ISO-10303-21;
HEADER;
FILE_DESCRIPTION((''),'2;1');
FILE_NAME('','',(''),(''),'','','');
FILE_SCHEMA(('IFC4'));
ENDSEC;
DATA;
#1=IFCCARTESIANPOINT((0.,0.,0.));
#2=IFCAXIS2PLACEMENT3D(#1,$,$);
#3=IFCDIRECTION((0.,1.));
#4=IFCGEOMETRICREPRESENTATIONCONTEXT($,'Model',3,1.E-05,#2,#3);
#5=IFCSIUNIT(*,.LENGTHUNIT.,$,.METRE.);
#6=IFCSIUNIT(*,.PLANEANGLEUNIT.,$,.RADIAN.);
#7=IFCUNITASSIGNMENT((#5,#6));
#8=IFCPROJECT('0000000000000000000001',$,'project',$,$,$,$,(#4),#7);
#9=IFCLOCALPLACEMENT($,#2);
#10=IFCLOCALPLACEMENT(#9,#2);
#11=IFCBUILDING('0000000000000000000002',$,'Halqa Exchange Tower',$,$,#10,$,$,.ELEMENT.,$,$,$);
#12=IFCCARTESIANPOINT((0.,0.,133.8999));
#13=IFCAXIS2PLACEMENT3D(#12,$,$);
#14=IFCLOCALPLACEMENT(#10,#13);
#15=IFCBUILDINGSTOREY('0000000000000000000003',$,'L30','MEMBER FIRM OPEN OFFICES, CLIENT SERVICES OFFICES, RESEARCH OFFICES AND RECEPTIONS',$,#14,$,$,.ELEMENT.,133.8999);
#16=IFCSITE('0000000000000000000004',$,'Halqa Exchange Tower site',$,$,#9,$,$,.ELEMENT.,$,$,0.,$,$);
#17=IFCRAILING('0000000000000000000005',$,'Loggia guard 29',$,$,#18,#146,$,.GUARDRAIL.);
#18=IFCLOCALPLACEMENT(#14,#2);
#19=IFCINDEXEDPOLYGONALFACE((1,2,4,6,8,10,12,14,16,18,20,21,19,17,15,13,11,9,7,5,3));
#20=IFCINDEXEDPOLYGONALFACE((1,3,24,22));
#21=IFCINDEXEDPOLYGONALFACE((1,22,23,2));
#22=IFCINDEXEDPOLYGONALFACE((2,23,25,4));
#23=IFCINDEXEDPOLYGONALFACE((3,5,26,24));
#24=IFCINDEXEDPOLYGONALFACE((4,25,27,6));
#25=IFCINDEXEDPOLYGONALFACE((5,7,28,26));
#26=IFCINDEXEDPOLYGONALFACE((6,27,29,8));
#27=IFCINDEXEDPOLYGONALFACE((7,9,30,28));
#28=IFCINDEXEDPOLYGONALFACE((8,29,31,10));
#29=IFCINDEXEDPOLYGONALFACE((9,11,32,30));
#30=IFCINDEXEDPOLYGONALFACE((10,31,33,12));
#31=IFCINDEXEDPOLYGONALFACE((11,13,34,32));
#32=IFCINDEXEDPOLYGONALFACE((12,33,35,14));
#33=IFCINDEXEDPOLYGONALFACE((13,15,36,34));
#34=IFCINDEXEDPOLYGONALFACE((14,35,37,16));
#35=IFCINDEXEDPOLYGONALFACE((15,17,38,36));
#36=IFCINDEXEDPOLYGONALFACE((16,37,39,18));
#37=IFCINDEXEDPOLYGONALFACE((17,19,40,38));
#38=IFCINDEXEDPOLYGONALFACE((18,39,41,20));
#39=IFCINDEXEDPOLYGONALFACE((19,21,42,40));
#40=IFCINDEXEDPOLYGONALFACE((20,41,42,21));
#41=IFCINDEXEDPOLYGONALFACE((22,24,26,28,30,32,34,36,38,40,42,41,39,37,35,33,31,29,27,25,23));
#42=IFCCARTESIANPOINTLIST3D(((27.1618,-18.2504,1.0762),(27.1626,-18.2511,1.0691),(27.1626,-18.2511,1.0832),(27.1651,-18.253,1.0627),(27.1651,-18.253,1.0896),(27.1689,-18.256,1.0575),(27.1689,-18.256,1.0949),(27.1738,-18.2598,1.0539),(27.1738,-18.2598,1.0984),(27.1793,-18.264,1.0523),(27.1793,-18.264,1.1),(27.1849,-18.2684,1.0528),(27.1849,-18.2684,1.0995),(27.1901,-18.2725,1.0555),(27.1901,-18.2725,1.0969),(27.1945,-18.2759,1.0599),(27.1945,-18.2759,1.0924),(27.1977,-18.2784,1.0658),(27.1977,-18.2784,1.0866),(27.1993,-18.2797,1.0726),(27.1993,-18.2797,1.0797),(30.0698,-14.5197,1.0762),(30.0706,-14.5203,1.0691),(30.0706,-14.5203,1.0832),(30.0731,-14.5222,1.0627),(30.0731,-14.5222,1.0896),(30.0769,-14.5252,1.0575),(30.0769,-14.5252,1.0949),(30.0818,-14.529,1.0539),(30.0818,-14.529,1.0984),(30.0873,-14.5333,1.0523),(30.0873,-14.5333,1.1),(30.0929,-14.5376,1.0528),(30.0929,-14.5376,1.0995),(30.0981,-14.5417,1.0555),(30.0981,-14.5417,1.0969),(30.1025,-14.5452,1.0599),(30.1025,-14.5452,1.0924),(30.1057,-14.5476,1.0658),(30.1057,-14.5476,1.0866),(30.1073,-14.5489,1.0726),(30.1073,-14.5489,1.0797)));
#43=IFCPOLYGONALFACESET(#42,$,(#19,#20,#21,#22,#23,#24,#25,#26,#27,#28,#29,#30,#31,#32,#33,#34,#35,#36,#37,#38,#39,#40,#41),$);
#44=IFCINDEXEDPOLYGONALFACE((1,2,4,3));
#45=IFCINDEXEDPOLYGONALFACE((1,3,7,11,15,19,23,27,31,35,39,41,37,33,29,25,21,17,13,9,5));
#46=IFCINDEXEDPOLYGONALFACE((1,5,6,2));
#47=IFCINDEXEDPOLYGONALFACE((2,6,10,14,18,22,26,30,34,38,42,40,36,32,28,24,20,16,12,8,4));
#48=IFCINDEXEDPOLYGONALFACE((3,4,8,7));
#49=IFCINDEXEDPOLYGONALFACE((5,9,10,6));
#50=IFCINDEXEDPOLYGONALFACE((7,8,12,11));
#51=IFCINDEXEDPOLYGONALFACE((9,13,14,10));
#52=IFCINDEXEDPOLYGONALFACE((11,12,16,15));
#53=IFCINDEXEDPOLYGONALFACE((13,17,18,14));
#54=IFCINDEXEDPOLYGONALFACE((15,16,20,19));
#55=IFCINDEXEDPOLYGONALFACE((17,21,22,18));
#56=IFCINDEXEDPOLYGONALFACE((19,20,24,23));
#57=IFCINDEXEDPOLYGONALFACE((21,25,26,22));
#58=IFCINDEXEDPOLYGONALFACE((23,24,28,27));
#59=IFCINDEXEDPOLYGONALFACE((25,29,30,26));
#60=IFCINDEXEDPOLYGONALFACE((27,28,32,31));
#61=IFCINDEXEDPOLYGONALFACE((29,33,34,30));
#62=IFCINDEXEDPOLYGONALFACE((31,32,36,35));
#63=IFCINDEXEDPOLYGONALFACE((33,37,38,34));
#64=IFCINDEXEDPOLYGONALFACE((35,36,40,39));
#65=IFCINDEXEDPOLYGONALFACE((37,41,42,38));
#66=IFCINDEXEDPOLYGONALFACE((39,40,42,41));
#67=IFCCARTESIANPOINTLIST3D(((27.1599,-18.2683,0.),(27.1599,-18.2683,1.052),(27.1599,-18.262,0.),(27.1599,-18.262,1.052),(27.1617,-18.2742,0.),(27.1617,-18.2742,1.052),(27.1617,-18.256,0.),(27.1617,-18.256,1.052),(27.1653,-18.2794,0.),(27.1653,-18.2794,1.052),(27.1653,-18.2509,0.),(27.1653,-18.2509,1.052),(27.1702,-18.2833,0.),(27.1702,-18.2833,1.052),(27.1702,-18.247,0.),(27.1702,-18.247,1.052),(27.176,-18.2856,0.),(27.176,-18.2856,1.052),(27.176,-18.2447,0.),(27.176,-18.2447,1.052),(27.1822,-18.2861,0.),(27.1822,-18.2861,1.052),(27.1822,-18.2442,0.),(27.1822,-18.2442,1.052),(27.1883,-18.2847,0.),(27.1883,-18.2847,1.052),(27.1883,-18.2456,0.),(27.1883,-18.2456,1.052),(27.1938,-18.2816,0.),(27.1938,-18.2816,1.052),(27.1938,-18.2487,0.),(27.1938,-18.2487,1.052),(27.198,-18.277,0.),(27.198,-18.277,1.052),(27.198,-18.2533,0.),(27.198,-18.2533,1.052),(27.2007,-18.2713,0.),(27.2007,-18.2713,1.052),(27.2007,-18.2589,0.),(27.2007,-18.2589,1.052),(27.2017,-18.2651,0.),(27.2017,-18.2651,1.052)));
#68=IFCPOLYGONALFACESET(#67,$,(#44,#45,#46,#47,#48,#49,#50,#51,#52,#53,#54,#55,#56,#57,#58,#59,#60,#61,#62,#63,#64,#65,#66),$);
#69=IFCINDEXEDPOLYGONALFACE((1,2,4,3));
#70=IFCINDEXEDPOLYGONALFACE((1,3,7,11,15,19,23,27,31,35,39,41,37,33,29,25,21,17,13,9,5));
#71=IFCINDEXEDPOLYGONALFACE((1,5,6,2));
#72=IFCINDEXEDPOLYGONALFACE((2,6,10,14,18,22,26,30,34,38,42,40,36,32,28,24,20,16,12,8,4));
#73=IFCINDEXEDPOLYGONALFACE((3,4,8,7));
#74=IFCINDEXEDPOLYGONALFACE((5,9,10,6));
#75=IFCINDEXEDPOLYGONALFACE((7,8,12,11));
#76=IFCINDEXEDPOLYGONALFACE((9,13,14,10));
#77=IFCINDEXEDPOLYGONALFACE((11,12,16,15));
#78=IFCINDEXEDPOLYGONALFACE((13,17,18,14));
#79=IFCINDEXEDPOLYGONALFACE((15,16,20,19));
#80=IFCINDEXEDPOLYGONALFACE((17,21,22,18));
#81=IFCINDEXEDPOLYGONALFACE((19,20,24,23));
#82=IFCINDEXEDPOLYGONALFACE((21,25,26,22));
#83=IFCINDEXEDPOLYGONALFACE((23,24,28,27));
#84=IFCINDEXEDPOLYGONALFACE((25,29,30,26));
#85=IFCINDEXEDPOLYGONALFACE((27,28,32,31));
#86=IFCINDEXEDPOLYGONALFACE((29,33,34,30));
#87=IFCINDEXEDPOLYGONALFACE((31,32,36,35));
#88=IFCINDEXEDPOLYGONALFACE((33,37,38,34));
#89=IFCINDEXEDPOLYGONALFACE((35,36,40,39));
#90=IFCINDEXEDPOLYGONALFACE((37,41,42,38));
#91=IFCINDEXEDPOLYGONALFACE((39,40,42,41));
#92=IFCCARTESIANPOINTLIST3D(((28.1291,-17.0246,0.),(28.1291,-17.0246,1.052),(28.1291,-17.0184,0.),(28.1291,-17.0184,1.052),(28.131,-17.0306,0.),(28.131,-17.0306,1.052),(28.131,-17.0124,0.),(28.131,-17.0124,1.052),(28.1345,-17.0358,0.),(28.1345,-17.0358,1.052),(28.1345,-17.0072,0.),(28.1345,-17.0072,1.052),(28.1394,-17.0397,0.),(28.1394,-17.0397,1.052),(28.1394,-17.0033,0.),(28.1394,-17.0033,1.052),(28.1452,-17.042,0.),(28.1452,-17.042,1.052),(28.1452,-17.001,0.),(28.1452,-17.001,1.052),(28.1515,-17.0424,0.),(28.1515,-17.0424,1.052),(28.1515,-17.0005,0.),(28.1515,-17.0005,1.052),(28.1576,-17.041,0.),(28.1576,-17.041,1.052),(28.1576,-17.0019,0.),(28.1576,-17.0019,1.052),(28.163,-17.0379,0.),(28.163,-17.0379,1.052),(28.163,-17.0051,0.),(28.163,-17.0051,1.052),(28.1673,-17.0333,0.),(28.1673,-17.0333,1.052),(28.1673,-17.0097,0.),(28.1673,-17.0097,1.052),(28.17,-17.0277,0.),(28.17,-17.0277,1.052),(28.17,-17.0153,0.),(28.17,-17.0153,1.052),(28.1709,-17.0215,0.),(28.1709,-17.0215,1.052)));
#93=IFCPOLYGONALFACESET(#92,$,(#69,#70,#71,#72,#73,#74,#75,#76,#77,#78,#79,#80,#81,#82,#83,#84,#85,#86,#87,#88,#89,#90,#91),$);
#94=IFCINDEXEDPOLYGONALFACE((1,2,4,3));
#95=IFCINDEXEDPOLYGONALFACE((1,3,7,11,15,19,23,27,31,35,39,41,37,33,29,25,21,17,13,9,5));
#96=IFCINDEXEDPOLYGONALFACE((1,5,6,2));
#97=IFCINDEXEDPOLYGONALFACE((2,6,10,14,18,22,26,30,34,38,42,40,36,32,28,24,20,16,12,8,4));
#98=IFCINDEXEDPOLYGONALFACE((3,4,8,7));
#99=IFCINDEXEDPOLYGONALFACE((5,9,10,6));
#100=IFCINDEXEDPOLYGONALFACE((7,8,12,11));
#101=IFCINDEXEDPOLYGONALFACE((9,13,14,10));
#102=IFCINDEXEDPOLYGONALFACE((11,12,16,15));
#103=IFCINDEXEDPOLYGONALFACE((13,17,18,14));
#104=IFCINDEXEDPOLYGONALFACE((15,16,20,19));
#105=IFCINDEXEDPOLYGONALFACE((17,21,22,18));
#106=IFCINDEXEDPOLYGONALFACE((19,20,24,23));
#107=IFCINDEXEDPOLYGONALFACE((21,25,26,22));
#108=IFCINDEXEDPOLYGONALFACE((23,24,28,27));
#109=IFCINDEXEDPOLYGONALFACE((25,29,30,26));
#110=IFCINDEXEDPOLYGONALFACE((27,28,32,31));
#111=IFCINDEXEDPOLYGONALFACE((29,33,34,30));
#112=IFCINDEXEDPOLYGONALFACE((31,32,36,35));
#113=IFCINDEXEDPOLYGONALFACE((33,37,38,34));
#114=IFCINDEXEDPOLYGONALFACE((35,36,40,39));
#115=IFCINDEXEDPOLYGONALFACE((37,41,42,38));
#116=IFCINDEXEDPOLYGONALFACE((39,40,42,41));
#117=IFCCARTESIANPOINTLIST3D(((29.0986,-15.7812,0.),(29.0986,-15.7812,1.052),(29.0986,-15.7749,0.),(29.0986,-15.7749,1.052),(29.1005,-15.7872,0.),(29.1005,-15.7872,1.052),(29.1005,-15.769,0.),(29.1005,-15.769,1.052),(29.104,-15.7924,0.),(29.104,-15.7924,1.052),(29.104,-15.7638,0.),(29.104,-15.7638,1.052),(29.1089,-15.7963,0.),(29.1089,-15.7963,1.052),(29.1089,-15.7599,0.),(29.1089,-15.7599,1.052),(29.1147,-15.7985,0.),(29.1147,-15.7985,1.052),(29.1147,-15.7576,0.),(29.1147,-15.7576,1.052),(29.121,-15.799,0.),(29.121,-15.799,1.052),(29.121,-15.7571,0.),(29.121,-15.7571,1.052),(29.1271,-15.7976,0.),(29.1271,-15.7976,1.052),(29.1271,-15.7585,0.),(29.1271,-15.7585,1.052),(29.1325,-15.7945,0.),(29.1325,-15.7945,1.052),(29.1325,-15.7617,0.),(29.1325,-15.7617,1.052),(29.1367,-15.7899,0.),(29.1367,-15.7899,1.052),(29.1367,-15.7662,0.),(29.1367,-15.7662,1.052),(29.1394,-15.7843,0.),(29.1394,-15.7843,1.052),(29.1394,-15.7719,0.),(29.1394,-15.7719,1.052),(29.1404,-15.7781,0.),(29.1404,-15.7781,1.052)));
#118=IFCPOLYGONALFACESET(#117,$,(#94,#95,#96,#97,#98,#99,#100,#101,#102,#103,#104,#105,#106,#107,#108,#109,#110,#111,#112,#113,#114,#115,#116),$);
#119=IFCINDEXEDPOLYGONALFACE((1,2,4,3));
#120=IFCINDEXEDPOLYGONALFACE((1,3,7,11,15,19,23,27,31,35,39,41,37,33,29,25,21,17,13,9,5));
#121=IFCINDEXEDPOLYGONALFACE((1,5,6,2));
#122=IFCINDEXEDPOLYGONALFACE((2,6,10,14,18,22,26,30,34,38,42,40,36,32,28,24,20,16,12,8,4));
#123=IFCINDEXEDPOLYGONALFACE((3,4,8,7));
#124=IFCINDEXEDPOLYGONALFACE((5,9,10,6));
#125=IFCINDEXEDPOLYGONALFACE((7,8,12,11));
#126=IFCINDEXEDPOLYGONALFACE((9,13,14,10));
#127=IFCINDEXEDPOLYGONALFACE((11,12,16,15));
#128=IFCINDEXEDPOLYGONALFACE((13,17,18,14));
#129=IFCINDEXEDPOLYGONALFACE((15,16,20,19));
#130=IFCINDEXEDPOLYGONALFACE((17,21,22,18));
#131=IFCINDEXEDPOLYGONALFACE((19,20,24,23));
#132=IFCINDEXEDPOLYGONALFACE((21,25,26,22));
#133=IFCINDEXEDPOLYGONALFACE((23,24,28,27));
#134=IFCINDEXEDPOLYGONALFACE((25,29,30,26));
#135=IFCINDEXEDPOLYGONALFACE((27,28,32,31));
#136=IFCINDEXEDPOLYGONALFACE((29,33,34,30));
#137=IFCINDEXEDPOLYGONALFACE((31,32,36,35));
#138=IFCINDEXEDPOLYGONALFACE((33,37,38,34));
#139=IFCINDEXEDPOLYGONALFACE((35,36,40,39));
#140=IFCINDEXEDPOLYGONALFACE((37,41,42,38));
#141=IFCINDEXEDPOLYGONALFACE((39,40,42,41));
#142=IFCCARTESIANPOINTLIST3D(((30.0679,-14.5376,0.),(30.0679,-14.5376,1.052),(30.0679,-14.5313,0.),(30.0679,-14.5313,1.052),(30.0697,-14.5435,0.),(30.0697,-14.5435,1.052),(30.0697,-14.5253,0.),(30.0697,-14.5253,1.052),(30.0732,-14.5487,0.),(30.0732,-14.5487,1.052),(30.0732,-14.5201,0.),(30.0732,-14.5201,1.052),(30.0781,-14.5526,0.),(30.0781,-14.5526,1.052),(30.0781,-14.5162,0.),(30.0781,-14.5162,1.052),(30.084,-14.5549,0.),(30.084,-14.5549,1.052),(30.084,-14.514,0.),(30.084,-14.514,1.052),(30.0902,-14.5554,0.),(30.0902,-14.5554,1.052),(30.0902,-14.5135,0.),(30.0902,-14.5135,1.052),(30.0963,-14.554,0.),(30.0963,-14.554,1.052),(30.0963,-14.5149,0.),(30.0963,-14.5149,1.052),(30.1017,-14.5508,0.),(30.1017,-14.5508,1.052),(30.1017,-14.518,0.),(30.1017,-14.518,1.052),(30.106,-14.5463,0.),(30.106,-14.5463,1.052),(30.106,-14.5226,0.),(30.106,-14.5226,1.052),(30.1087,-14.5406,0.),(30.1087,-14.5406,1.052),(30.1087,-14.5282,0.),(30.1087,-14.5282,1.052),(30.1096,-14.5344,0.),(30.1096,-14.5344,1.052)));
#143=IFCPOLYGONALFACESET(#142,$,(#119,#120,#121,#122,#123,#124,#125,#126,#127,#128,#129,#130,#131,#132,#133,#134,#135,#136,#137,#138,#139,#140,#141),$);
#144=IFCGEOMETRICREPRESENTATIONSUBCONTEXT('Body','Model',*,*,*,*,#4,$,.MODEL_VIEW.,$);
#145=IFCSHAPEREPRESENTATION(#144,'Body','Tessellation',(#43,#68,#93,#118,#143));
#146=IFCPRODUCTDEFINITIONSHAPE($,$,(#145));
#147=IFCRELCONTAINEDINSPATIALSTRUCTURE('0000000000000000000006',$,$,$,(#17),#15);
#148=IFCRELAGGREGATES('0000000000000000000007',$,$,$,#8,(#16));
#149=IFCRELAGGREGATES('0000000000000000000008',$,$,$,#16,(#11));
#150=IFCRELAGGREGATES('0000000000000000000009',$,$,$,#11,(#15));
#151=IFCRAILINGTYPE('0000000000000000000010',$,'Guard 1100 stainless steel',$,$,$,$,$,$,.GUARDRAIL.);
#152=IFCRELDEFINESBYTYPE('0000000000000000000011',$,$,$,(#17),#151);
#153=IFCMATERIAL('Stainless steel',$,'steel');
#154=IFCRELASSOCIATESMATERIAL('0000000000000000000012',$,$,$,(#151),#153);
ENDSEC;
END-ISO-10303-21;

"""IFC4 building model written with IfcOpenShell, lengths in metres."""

from ifc_helpers import new_model, si_unit, direction, frame, origin, origin_2d, place, context, subcontext, project, spatial, circle, extrude, material, type_object, element, save


model = new_model("IFC4")

# Units and contexts
model_context = context("Model", 3, precision=1e-05, world=origin(), true_north=direction((0.0, 1.0)))
body_context = subcontext(model_context, "Body", "Model", "MODEL_VIEW")
ifc_project = project(units=[si_unit("LENGTHUNIT", "METRE"), si_unit("PLANEANGLEUNIT", "RADIAN")], contexts=[model_context])

# Site, building, storey
site_placement = place(None, origin())
site = spatial("IfcSite", under=ifc_project, at=site_placement, Name="Halqa Exchange Tower site", CompositionType="ELEMENT", RefElevation=0.0)
building_placement = place(site_placement, origin())
building = spatial("IfcBuilding", under=site, at=building_placement, Name="Halqa Exchange Tower", CompositionType="ELEMENT")
storey_placement = place(building_placement, frame((0.0, 0.0, 133.8999)))
storey = spatial("IfcBuildingStorey", under=building, at=storey_placement, Name="L30", Description="MEMBER FIRM OPEN OFFICES, CLIENT SERVICES OFFICES, RESEARCH OFFICES AND RECEPTIONS", CompositionType="ELEMENT", Elevation=133.8999)

# Railing
ifc_material_1 = material(Name="Stainless steel", Category="steel")
railing_type = type_object("IfcRailingType", Name="Guard 1100 stainless steel", PredefinedType="GUARDRAIL", material=ifc_material_1)
railing_1_placement = place(storey_placement, frame((27.1807, -18.2651, 0.0)))
element("IfcRailing", 1, at=railing_1_placement, inside=storey, type_object=railing_type, Name="Loggia guard 29", PredefinedType="GUARDRAIL", context=body_context, shape_type="SweptSolid", body=[
    extrude(circle(Radius=0.0239, at=origin_2d()), frame((0.0, 0.0, 1.0762), z_axis=(0.614769, 0.788707, 0.0), x_axis=(-0.788707, 0.614769, 0.0)), (0.0, 0.0, 1.0), 4.7302),
    extrude(circle(Radius=0.021, at=origin_2d()), origin(), (0.0, 0.0, 1.0), 1.052),
    extrude(circle(Radius=0.021, at=origin_2d()), frame((0.9692, 1.2437, 0.0)), (0.0, 0.0, 1.0), 1.052),
    extrude(circle(Radius=0.021, at=origin_2d()), frame((1.9387, 2.4871, 0.0)), (0.0, 0.0, 1.0), 1.052),
    extrude(circle(Radius=0.021, at=origin_2d()), frame((2.908, 3.7307, 0.0)), (0.0, 0.0, 1.0), 1.052),
])

save(model, "model.ifc")
